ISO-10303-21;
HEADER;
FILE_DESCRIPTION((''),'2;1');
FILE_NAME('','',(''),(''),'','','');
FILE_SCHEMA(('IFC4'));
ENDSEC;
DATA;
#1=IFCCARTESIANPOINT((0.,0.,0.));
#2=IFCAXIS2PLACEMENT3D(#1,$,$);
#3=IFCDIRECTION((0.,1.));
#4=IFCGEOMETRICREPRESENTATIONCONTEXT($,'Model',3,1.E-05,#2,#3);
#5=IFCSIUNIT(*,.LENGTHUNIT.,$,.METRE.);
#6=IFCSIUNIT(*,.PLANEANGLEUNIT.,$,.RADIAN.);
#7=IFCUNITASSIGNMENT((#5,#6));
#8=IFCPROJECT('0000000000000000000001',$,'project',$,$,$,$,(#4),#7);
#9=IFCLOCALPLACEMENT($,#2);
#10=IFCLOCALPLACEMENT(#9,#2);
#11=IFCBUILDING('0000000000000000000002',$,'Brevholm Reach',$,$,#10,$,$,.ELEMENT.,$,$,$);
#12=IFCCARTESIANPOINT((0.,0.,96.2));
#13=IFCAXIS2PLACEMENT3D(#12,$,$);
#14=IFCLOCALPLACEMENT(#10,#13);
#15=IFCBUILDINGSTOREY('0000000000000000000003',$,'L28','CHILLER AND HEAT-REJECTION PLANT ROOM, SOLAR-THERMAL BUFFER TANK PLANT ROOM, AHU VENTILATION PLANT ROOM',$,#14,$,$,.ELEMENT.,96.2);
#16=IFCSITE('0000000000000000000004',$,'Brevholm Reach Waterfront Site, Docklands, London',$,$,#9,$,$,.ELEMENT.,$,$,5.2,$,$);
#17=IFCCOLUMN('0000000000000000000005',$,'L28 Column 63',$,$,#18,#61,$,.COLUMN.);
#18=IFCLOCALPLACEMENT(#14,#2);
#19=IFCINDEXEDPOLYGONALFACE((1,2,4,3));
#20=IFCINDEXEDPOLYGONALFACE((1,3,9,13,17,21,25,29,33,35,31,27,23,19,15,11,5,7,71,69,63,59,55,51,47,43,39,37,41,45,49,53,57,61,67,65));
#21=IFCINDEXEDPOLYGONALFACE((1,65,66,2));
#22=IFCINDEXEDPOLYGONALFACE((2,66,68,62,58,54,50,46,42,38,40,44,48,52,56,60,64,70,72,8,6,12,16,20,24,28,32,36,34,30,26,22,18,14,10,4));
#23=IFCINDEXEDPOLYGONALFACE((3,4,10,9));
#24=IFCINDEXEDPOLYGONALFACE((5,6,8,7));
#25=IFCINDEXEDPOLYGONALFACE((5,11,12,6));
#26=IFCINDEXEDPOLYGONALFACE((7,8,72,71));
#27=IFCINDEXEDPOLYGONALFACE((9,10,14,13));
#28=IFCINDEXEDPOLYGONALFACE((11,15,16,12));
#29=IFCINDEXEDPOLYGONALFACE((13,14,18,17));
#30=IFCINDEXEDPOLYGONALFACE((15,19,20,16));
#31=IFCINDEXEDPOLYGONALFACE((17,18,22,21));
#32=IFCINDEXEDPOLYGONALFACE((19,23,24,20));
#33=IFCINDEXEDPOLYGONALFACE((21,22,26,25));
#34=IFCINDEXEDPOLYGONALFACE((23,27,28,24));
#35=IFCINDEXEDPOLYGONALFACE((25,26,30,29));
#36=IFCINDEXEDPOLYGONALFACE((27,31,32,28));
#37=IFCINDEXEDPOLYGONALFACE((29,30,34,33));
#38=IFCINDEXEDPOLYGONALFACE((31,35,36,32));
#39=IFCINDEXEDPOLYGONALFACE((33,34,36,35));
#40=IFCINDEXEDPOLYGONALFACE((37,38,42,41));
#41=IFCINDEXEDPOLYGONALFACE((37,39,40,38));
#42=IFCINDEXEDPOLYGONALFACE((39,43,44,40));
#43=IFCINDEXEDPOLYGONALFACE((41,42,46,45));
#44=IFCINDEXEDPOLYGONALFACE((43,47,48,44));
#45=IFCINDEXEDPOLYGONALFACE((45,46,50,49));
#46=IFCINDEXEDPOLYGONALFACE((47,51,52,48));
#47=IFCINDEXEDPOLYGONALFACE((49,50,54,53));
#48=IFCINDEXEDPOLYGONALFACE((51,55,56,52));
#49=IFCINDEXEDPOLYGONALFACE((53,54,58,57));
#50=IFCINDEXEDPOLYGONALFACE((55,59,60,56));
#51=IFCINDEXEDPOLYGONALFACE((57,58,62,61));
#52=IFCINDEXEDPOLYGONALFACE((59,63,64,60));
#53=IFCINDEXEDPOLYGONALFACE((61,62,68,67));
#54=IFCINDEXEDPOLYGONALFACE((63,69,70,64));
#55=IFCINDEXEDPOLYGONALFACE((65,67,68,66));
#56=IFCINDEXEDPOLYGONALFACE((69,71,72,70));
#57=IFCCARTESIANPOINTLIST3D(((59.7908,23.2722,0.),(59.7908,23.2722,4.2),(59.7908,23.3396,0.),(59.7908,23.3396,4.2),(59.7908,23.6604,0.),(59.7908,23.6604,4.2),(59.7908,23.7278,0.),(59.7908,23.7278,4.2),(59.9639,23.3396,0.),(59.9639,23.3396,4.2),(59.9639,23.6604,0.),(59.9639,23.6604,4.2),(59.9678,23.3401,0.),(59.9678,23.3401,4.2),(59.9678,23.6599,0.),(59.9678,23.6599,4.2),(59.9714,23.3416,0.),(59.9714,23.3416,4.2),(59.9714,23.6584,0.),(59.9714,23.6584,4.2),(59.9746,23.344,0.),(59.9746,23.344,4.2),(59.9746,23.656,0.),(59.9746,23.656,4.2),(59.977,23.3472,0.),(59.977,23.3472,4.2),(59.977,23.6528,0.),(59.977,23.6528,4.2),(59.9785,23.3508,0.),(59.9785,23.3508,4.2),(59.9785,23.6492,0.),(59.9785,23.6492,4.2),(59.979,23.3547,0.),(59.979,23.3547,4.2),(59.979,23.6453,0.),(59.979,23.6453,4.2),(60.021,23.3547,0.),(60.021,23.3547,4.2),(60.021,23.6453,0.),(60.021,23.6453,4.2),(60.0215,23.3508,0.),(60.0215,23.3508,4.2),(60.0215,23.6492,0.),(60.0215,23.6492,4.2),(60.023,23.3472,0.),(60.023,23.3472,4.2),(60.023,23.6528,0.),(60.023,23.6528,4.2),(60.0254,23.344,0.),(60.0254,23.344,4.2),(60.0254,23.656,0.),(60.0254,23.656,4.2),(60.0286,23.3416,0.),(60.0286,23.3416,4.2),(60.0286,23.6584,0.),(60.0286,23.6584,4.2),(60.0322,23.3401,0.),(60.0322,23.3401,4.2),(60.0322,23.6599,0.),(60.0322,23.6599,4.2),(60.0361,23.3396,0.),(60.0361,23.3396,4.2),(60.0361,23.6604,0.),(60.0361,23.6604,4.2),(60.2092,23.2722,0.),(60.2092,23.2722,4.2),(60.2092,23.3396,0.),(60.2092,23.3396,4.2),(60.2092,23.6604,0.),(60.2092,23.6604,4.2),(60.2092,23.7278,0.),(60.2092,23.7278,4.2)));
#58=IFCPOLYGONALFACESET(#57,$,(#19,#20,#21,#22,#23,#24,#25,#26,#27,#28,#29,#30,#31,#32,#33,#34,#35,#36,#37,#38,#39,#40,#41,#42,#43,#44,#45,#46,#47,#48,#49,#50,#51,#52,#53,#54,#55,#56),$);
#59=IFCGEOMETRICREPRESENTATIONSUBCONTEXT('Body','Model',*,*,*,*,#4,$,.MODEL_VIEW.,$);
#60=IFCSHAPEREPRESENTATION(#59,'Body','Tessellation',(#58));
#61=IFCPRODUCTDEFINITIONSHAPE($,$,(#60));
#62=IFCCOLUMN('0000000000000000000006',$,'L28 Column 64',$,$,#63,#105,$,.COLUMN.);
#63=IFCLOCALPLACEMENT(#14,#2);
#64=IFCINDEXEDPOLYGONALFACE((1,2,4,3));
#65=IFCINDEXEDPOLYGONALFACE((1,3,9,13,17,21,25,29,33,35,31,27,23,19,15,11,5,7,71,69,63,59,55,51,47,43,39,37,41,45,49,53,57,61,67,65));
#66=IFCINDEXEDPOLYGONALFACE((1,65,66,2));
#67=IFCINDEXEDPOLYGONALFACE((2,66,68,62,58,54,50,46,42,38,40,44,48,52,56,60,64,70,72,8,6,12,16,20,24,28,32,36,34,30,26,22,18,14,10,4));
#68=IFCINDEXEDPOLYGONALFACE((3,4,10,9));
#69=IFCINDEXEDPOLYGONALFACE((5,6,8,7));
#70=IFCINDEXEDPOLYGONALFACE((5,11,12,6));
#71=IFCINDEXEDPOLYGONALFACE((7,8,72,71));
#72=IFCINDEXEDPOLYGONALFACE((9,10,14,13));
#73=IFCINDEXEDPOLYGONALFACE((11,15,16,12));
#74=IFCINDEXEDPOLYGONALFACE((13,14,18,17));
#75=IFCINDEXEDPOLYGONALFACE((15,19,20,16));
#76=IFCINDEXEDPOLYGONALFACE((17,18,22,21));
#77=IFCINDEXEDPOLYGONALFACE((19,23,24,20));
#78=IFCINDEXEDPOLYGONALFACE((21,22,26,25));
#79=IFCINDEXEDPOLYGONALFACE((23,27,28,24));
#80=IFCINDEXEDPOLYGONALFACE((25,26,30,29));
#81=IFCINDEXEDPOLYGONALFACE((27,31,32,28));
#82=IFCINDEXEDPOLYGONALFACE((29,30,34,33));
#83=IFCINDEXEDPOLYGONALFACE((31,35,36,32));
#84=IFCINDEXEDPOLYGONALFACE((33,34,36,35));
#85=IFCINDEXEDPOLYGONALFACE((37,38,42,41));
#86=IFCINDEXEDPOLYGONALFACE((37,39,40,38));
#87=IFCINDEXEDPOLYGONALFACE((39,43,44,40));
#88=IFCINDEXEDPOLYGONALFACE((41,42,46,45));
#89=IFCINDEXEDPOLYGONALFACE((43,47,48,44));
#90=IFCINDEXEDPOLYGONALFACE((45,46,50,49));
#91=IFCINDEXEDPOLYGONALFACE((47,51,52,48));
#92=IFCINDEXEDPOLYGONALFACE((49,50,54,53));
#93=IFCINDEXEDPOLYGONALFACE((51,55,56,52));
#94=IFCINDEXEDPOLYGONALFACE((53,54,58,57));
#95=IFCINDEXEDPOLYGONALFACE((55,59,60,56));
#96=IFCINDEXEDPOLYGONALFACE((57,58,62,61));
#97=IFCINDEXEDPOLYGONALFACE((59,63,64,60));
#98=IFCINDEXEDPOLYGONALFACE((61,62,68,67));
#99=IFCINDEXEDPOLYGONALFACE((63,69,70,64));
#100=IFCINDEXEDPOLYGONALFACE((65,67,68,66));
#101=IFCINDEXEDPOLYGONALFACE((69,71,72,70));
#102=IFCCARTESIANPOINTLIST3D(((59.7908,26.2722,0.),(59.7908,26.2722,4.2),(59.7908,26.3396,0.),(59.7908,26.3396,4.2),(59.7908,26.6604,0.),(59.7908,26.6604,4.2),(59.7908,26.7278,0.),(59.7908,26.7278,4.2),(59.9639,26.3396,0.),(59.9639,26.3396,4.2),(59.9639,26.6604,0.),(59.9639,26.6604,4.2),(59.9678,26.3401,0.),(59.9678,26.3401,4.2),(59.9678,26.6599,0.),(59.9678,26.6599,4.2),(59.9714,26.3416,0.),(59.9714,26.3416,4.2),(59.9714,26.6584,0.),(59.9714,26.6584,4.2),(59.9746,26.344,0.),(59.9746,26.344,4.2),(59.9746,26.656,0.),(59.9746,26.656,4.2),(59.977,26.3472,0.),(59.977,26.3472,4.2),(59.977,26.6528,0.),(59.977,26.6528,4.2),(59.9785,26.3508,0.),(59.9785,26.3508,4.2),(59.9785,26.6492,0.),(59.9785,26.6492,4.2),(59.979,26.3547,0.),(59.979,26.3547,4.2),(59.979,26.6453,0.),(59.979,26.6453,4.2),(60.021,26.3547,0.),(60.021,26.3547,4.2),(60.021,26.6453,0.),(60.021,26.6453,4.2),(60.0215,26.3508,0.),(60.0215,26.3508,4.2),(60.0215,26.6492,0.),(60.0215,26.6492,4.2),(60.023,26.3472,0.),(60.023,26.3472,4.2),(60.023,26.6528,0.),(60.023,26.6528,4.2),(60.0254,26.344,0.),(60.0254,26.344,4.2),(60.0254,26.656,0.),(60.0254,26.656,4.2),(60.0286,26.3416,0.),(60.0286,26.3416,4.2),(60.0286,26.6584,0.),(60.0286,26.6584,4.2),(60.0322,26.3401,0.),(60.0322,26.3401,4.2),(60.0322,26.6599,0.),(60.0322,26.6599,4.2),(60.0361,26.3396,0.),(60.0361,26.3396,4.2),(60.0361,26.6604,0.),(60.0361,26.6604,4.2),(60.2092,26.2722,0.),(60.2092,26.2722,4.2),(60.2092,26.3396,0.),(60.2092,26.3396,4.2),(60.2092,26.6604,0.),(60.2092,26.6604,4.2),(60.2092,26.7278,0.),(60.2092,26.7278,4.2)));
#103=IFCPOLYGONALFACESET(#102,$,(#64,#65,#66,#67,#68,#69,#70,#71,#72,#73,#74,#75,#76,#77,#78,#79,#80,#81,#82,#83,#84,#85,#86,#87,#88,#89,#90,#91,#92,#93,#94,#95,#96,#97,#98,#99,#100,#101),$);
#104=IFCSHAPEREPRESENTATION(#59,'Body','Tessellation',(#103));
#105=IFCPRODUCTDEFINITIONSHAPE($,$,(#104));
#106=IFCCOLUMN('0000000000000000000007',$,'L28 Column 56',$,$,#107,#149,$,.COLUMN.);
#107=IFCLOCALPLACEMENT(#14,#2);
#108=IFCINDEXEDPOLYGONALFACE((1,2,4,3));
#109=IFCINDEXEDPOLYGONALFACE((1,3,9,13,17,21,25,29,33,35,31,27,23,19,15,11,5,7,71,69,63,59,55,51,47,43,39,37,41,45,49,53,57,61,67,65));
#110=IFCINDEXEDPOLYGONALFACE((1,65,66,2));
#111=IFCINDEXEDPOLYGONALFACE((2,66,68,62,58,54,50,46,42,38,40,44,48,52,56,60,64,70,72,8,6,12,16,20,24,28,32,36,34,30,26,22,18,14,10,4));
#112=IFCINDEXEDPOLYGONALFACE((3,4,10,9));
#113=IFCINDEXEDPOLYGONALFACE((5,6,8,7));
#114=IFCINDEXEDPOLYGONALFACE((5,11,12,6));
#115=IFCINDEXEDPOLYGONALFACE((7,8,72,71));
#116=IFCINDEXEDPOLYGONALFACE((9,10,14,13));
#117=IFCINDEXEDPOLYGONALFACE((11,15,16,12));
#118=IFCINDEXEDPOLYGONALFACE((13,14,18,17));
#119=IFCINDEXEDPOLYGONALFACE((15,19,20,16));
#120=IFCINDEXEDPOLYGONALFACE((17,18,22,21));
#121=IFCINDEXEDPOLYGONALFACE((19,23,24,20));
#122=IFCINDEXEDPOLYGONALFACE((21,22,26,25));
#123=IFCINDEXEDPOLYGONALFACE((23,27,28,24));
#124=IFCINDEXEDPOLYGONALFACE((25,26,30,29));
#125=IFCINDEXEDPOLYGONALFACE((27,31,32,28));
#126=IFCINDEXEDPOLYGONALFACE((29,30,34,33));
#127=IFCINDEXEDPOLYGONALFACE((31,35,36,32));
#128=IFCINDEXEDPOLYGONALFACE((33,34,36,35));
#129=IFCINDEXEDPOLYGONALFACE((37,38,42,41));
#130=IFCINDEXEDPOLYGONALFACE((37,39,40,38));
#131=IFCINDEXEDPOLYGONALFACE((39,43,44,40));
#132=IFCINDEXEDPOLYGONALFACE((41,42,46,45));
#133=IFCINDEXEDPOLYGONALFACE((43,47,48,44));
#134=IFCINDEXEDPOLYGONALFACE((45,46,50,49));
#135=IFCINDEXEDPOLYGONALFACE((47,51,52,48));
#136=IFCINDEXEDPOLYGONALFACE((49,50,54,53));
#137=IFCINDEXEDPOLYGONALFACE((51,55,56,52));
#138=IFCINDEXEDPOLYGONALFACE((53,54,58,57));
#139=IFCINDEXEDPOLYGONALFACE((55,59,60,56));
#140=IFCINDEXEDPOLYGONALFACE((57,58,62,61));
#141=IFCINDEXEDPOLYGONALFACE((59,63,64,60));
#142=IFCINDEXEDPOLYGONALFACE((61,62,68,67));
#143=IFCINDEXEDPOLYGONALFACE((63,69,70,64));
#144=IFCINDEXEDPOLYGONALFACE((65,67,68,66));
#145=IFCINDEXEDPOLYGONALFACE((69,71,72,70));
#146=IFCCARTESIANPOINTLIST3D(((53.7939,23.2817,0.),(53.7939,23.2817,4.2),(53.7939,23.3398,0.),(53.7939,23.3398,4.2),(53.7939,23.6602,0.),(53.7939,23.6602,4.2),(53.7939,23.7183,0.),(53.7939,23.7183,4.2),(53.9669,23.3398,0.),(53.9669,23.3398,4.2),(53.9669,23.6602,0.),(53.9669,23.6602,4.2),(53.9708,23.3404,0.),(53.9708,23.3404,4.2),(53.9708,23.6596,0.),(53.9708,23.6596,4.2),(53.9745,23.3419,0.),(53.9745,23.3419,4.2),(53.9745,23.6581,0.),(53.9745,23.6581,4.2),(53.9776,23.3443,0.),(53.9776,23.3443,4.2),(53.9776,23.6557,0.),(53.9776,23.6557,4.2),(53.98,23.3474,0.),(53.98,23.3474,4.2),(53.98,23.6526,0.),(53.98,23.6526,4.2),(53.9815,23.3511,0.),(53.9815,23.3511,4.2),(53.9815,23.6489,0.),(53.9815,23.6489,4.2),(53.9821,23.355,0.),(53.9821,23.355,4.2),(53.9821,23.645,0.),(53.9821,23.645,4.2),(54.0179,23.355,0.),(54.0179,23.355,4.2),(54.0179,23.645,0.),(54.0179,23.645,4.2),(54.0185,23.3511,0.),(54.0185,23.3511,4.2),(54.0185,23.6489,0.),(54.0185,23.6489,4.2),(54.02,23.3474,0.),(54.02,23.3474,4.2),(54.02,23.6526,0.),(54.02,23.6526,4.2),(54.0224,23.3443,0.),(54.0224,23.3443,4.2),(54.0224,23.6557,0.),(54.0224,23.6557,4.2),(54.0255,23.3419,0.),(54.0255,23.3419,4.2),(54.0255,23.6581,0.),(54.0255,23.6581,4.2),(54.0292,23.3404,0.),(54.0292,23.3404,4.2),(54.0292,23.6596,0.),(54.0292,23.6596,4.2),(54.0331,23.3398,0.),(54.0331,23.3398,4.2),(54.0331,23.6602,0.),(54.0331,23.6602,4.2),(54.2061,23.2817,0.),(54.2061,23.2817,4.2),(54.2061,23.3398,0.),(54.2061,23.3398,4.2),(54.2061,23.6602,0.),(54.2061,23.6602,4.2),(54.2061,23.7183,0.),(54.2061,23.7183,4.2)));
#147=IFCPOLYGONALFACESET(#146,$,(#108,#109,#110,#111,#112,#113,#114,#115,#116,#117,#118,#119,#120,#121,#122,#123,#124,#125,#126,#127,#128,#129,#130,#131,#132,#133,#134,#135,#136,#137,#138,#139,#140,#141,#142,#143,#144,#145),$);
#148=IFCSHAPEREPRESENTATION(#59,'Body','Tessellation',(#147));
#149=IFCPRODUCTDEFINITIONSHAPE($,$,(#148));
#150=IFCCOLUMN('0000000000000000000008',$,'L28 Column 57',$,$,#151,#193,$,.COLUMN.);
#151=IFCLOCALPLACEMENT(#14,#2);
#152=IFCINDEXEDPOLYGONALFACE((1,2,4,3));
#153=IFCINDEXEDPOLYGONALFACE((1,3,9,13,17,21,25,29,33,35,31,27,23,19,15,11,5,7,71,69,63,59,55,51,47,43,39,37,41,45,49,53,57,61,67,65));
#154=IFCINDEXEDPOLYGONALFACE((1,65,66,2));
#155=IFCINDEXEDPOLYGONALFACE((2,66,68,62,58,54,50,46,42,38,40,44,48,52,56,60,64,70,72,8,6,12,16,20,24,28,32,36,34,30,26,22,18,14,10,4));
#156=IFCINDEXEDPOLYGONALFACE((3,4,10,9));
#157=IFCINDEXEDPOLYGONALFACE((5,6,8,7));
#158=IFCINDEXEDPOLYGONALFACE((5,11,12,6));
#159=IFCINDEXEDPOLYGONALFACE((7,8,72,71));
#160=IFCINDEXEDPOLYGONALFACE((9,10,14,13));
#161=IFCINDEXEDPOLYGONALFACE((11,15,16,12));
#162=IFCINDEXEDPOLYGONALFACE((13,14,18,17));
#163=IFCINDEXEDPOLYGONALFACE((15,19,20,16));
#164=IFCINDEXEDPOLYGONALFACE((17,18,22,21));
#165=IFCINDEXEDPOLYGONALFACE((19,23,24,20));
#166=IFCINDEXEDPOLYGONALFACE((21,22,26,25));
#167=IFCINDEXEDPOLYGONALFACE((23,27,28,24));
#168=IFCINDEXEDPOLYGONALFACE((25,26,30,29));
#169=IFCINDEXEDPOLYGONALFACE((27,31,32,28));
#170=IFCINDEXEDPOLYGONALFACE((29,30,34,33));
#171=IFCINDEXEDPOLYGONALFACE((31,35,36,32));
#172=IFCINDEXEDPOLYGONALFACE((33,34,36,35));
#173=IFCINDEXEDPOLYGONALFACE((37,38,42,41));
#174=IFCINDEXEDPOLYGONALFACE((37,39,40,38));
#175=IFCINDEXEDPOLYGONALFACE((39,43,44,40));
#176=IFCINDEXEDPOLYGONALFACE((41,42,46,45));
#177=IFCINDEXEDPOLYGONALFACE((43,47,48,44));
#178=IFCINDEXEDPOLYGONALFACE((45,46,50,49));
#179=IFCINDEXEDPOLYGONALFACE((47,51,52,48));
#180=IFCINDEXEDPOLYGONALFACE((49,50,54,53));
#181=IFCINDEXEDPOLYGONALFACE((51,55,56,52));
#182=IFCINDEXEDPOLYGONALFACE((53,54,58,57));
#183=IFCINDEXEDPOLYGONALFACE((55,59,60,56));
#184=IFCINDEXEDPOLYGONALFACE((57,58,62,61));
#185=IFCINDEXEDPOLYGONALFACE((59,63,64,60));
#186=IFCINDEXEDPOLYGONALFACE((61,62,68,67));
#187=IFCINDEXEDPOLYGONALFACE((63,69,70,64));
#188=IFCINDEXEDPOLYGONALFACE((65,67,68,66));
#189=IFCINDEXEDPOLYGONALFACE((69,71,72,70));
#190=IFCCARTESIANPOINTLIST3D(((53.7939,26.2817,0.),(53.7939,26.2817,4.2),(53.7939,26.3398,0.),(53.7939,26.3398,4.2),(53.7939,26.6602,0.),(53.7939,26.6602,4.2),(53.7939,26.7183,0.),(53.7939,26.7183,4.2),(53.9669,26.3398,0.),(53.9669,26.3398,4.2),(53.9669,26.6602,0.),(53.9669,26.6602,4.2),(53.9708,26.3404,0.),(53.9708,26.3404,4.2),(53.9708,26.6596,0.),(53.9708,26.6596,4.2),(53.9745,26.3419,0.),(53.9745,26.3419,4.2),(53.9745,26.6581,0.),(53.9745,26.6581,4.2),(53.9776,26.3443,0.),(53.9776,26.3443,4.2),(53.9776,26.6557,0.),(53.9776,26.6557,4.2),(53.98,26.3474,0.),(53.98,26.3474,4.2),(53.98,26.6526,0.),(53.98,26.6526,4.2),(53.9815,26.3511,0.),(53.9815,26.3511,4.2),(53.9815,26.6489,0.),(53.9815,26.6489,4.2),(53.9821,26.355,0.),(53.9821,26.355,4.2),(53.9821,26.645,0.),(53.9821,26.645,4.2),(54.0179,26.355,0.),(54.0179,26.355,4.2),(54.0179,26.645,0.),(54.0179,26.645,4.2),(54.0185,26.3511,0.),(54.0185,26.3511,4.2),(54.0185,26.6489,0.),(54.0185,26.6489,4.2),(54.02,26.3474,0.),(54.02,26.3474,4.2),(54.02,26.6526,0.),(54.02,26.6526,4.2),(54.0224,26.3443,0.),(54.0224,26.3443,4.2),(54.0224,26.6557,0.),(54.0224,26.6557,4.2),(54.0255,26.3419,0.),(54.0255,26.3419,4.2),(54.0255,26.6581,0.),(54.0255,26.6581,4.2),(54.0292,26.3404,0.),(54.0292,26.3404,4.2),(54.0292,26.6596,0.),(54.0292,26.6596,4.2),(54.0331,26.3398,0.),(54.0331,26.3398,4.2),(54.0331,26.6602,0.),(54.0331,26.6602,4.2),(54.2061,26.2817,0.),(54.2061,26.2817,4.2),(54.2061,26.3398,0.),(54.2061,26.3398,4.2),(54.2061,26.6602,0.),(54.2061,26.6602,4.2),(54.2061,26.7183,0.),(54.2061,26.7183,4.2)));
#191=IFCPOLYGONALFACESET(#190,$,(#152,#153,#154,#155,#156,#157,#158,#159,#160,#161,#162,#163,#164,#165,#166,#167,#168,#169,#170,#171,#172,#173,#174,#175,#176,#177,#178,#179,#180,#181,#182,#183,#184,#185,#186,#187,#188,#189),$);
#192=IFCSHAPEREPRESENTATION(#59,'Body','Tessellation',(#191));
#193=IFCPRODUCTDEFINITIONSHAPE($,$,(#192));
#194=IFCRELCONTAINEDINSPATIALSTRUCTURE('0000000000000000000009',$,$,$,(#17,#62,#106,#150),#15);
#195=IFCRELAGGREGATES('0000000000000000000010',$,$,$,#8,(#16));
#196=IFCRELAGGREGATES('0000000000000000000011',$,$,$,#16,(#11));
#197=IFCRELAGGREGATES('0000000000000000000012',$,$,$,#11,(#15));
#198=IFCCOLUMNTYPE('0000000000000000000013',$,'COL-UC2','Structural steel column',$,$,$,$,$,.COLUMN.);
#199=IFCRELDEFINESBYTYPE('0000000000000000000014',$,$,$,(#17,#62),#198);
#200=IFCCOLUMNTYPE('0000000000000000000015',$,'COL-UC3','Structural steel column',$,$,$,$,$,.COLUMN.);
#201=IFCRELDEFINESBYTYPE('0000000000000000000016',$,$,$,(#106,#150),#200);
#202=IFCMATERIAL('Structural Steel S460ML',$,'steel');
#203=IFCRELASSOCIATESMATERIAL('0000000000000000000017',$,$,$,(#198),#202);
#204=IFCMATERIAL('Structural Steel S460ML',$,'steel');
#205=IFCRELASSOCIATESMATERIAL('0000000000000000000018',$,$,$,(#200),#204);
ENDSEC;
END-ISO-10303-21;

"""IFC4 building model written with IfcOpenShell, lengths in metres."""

from ifc_helpers import new_model, si_unit, direction, frame, origin, origin_2d, place, context, subcontext, project, spatial, i_section, extrude, material, material_profile, profile_set, type_object, element, save


model = new_model("IFC4")

# Units and contexts
model_context = context("Model", 3, precision=1e-05, world=origin(), true_north=direction((0.0, 1.0)))
body_context = subcontext(model_context, "Body", "Model", "MODEL_VIEW")
ifc_project = project(units=[si_unit("LENGTHUNIT", "METRE"), si_unit("PLANEANGLEUNIT", "RADIAN")], contexts=[model_context])

# Site, building, storey
site_placement = place(None, origin())
site = spatial("IfcSite", under=ifc_project, at=site_placement, Name="Brevholm Reach Waterfront Site, Docklands, London", CompositionType="ELEMENT", RefElevation=5.2)
building_placement = place(site_placement, origin())
building = spatial("IfcBuilding", under=site, at=building_placement, Name="Brevholm Reach", CompositionType="ELEMENT")
storey_placement = place(building_placement, frame((0.0, 0.0, 96.2)))
storey = spatial("IfcBuildingStorey", under=building, at=storey_placement, Name="L28", Description="CHILLER AND HEAT-REJECTION PLANT ROOM, SOLAR-THERMAL BUFFER TANK PLANT ROOM, AHU VENTILATION PLANT ROOM", CompositionType="ELEMENT", Elevation=96.2)

# Columns
ifc_material_1 = material(Name="Structural Steel S460ML", Category="steel")
ifc_material_profile_1 = material_profile(ifc_material_1, i_section(OverallWidth=0.4185, OverallDepth=0.4556, WebThickness=0.042, FlangeThickness=0.0674, FilletRadius=0.0151, at=origin_2d()), Name="UKC 356x406x551")
ifc_profile_set_1 = profile_set([ifc_material_profile_1], Name="Structural Steel S460ML")
column_type_1 = type_object("IfcColumnType", Name="COL-UC2", Description="Structural steel column", PredefinedType="COLUMN", material=ifc_profile_set_1)
for number, where, z_axis, x_axis, name in (
    (1, (60.0, 23.5, 0.0), (0.0, 0.0, 1.0), (1.0, 0.0, 0.0), "L28 Column 63"),
    (2, (60.0, 26.5, 0.0), (0.0, 0.0, 1.0), (1.0, 0.0, 0.0), "L28 Column 64"),
):
    element("IfcColumn", number, at=place(storey_placement, frame(where, z_axis=z_axis, x_axis=x_axis)), inside=storey, type_object=column_type_1, Name=name, PredefinedType="COLUMN", context=body_context, shape_type="SweptSolid", body=[
        extrude(i_section(OverallWidth=0.4185, OverallDepth=0.4556, WebThickness=0.042, FlangeThickness=0.0674, FilletRadius=0.0151, at=origin_2d()), origin(), (0.0, 0.0, 1.0), 4.2),
    ])
ifc_material_2 = material(Name="Structural Steel S460ML", Category="steel")
ifc_material_profile_2 = material_profile(ifc_material_2, i_section(OverallWidth=0.4121, OverallDepth=0.4365, WebThickness=0.0359, FlangeThickness=0.0581, FilletRadius=0.0151, at=origin_2d()), Name="UKC 356x406x467")
ifc_profile_set_2 = profile_set([ifc_material_profile_2], Name="Structural Steel S460ML")
column_type_2 = type_object("IfcColumnType", Name="COL-UC3", Description="Structural steel column", PredefinedType="COLUMN", material=ifc_profile_set_2)
for number, where, z_axis, x_axis, name in (
    (3, (54.0, 23.5, 0.0), (0.0, 0.0, 1.0), (1.0, 0.0, 0.0), "L28 Column 56"),
    (4, (54.0, 26.5, 0.0), (0.0, 0.0, 1.0), (1.0, 0.0, 0.0), "L28 Column 57"),
):
    element("IfcColumn", number, at=place(storey_placement, frame(where, z_axis=z_axis, x_axis=x_axis)), inside=storey, type_object=column_type_2, Name=name, PredefinedType="COLUMN", context=body_context, shape_type="SweptSolid", body=[
        extrude(i_section(OverallWidth=0.4121, OverallDepth=0.4365, WebThickness=0.0359, FlangeThickness=0.0581, FilletRadius=0.0151, at=origin_2d()), origin(), (0.0, 0.0, 1.0), 4.2),
    ])

save(model, "model.ifc")
